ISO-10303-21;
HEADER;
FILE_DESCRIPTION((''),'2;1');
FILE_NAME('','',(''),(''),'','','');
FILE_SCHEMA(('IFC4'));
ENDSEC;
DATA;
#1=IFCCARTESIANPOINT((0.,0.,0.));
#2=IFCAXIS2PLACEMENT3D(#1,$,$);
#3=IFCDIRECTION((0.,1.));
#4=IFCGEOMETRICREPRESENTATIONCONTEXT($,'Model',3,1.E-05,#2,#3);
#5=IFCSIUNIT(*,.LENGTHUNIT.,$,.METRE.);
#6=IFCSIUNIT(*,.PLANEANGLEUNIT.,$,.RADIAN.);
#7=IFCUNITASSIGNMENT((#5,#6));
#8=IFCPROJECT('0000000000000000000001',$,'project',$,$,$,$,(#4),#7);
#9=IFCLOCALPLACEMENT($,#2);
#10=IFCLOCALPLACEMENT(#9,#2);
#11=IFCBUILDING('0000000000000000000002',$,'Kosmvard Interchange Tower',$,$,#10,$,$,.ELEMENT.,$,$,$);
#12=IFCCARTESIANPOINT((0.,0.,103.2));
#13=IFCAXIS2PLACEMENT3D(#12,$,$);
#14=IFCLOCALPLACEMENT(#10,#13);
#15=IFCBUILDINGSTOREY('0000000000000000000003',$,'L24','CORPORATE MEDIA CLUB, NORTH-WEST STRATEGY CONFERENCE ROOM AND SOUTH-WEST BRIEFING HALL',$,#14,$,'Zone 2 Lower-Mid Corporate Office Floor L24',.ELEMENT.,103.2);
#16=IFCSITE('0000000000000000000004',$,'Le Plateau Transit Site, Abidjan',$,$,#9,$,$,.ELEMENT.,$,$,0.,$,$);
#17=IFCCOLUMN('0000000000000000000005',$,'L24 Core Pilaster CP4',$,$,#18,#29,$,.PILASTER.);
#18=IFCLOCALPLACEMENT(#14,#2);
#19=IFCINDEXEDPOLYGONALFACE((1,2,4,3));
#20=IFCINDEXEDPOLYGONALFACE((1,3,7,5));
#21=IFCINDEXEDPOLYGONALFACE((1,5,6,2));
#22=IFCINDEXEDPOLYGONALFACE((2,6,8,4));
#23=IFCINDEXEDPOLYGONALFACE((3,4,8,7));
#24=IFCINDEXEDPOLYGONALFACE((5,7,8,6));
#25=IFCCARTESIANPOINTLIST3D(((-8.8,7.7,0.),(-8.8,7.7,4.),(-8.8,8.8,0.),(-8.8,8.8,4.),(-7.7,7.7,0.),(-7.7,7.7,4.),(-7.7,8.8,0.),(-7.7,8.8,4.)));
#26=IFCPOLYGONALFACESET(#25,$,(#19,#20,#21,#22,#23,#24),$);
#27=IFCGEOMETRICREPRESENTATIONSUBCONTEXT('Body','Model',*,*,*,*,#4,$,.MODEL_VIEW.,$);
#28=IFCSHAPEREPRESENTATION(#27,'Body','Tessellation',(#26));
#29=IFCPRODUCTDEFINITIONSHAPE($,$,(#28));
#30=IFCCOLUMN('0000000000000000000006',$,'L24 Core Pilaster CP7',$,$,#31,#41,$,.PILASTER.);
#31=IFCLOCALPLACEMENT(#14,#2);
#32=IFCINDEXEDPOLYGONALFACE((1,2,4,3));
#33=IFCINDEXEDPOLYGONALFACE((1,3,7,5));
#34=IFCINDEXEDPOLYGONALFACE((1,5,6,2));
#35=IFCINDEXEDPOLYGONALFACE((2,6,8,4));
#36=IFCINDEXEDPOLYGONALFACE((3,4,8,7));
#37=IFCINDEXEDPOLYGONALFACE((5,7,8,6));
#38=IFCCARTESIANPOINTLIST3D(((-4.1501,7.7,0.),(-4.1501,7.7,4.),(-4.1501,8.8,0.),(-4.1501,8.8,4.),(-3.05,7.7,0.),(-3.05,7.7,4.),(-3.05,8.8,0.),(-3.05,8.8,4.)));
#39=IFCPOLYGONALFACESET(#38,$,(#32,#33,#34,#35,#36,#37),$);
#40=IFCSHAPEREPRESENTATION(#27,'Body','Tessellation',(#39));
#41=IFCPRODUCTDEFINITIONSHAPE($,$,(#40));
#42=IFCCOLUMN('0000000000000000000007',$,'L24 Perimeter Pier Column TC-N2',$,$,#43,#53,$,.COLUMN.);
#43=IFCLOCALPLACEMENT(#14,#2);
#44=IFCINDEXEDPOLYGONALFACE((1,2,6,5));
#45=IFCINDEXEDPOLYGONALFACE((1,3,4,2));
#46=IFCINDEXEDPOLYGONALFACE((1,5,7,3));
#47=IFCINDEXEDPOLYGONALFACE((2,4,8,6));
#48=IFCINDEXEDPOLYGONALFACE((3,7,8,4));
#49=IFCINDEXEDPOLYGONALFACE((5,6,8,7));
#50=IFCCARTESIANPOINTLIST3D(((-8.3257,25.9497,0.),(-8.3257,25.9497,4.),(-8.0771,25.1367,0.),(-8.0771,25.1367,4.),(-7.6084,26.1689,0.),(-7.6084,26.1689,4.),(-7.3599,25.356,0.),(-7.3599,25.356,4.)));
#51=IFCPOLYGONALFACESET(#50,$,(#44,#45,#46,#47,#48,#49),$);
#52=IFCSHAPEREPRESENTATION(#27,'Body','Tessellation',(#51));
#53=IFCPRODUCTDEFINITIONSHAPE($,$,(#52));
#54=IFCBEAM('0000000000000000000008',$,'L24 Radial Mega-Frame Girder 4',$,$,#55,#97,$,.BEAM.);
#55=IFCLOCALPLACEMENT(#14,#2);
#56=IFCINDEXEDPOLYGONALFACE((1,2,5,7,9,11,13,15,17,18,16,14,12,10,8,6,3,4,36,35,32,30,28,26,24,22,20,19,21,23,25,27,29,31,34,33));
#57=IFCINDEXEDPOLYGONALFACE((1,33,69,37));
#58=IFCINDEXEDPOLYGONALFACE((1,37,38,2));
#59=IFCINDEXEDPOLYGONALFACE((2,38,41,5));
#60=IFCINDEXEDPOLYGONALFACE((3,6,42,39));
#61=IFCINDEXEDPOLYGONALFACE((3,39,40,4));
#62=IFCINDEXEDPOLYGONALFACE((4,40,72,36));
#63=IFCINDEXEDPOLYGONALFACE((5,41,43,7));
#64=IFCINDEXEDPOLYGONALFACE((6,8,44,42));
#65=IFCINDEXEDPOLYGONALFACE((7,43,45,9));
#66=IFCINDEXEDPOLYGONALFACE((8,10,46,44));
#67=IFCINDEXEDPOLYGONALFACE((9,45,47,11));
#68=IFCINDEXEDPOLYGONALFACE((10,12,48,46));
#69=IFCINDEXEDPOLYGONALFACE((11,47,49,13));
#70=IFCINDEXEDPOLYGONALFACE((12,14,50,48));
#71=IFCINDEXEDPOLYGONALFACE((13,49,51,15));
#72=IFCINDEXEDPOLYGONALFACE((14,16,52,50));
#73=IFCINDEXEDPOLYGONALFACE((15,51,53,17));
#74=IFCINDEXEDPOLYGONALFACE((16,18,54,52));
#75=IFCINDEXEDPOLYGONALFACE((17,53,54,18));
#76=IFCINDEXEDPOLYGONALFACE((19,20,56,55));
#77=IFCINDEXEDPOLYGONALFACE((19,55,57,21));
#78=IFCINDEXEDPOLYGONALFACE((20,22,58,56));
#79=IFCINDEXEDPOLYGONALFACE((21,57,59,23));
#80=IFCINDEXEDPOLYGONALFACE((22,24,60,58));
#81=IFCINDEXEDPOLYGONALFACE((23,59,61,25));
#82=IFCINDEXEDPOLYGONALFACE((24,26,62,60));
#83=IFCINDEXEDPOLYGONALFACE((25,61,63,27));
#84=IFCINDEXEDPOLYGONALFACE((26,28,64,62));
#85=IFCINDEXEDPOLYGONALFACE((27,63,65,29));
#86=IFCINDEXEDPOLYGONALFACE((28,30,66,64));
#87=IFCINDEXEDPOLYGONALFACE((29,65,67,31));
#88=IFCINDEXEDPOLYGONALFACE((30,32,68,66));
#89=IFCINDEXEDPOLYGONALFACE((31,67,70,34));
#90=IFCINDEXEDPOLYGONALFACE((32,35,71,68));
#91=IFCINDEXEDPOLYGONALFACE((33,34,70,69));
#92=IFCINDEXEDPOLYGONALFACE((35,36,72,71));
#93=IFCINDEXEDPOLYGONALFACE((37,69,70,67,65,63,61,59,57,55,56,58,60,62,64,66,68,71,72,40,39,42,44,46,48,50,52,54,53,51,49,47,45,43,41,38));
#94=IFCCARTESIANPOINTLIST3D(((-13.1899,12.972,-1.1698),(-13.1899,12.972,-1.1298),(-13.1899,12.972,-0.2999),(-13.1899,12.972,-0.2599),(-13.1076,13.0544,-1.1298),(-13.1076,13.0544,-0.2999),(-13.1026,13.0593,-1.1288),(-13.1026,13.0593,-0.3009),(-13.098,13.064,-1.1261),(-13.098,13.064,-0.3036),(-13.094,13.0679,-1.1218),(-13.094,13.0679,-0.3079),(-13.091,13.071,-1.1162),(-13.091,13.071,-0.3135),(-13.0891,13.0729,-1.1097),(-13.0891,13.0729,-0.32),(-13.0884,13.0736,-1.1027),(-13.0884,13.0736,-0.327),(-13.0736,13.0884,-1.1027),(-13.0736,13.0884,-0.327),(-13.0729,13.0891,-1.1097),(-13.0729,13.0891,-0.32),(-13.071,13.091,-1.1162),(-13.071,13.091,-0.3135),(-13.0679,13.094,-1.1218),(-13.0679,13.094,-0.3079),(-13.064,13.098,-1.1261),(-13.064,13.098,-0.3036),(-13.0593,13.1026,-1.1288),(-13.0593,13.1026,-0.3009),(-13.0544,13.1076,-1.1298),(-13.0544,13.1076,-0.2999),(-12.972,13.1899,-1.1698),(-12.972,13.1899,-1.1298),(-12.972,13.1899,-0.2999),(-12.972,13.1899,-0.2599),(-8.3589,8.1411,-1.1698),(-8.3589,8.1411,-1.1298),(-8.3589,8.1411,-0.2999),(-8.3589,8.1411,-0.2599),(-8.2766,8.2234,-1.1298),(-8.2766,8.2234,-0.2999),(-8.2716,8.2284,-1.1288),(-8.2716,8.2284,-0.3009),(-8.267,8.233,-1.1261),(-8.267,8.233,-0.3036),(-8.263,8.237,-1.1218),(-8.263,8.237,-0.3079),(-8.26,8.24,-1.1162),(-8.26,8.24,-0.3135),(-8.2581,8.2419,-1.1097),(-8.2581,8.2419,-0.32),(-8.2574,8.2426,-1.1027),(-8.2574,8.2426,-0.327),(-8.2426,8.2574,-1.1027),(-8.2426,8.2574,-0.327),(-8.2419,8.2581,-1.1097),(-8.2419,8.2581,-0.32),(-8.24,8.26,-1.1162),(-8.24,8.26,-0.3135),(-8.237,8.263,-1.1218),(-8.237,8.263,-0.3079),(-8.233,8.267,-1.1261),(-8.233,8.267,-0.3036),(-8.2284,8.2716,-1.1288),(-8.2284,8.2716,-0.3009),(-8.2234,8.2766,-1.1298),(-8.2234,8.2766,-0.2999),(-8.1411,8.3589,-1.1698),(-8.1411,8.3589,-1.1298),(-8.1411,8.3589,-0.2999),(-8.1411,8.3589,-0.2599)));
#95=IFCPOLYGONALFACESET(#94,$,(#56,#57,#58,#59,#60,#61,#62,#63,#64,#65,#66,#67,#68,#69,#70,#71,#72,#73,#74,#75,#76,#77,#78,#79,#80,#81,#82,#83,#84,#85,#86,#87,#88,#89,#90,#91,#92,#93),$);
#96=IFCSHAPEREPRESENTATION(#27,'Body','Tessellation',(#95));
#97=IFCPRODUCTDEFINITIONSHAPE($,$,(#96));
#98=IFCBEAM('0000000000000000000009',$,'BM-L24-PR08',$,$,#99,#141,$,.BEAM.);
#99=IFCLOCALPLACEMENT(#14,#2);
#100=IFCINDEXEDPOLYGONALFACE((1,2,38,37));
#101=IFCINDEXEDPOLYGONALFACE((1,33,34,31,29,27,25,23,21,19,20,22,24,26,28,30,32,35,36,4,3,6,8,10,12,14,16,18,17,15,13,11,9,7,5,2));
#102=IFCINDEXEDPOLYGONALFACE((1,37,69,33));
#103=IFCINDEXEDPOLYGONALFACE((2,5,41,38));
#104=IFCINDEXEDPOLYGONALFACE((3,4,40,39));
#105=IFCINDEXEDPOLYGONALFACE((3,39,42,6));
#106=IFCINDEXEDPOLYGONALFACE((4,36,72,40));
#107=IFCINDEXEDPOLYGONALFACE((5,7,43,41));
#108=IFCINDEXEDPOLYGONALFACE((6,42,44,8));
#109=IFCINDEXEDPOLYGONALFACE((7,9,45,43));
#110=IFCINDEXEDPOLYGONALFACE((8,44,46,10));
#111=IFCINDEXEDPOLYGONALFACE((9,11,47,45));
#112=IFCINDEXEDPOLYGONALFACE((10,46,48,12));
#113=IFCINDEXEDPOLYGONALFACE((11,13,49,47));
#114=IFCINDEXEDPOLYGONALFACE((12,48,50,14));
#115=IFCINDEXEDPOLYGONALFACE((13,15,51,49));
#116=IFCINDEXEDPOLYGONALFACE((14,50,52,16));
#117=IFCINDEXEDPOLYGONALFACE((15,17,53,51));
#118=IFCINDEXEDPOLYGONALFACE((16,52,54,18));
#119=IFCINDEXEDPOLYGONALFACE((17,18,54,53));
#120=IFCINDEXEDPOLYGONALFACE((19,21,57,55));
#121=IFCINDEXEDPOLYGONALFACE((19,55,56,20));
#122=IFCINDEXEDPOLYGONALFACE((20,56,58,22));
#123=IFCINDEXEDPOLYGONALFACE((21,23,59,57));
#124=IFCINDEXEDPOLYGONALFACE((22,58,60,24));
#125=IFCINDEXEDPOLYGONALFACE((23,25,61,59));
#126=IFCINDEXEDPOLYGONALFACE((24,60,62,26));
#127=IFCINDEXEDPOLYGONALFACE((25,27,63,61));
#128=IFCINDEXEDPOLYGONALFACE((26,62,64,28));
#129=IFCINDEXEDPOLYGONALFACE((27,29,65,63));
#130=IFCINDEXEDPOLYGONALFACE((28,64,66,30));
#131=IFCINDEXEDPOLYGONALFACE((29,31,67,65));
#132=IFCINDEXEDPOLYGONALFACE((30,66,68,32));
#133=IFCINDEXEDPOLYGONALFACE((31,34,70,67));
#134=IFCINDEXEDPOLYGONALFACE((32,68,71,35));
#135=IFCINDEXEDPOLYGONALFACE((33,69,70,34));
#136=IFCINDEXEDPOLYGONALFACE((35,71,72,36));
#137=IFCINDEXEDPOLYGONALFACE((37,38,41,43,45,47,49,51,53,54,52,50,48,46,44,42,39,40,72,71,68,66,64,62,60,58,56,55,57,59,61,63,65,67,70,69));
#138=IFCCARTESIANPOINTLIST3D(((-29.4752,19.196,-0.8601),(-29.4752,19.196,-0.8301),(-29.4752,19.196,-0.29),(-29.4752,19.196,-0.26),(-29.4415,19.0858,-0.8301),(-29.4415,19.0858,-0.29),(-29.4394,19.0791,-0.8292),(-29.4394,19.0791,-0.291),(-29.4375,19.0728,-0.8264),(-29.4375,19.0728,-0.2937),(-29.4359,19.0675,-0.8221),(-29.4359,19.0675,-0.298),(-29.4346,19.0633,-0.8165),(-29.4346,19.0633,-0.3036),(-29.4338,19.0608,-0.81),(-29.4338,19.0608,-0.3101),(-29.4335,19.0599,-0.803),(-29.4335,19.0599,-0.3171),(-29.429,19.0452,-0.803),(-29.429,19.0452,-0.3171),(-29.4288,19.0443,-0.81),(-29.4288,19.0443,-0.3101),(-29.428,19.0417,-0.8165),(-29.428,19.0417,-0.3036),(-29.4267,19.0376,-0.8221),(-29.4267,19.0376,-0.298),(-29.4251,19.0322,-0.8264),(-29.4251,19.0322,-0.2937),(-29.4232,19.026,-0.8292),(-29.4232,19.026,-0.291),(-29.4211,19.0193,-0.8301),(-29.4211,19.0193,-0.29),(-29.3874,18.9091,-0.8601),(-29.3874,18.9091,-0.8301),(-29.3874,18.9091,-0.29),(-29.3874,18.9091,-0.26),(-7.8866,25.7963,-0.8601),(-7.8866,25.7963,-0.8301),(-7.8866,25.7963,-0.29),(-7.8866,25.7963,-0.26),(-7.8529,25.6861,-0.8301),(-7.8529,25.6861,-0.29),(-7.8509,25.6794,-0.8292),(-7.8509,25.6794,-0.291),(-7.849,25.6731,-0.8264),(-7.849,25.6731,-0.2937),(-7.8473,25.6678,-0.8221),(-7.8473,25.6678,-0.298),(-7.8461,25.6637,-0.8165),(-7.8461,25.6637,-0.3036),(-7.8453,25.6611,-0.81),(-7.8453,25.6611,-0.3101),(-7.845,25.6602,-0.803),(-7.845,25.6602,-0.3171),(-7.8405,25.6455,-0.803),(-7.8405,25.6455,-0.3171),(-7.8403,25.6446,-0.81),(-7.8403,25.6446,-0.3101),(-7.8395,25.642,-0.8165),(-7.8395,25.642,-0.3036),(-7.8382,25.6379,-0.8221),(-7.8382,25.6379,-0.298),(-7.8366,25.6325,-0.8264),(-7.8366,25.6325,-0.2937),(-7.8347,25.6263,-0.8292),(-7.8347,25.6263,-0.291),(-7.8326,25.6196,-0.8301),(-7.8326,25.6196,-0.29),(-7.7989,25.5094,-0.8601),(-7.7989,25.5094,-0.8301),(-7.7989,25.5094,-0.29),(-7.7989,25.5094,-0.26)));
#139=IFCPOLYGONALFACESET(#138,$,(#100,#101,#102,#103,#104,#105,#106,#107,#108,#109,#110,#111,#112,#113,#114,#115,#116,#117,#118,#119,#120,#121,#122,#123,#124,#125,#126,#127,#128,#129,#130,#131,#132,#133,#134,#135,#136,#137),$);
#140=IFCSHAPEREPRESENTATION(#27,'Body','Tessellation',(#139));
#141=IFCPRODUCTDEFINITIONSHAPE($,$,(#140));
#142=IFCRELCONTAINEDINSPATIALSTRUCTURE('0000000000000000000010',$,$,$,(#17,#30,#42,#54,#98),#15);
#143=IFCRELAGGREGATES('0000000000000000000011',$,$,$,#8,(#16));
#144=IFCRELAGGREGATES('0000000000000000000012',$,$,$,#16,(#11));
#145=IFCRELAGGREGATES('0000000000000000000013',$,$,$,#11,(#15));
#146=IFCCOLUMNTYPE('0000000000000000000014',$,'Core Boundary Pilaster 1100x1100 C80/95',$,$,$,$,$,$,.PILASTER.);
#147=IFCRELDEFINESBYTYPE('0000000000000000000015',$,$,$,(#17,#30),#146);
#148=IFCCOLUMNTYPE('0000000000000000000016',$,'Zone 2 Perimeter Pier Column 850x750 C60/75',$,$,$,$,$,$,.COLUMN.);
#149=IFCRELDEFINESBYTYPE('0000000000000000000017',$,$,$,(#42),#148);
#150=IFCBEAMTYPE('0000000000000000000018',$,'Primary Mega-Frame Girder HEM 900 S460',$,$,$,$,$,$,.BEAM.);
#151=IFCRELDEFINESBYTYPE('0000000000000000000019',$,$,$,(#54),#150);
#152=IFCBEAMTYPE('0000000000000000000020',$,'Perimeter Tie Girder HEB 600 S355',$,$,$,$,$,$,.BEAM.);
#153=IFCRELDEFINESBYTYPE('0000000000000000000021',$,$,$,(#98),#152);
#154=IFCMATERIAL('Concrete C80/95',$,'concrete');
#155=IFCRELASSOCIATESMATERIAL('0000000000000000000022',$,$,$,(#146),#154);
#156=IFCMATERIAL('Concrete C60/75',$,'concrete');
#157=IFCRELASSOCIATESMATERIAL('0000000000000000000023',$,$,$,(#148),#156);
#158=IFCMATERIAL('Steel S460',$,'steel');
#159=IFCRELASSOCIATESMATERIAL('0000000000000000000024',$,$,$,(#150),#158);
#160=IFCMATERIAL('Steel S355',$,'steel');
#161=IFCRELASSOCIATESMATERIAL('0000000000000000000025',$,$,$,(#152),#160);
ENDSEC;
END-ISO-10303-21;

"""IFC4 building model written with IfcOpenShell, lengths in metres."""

from ifc_helpers import new_model, si_unit, direction, frame, origin, origin_2d, place, context, subcontext, project, spatial, rectangle, i_section, extrude, source, transform, mapped, material, material_profile, profile_set, type_object, element, save


model = new_model("IFC4")

# Units and contexts
model_context = context("Model", 3, precision=1e-05, world=origin(), true_north=direction((0.0, 1.0)))
body_context = subcontext(model_context, "Body", "Model", "MODEL_VIEW")
ifc_project = project(units=[si_unit("LENGTHUNIT", "METRE"), si_unit("PLANEANGLEUNIT", "RADIAN")], contexts=[model_context])

# Site, building, storey
site_placement = place(None, origin())
site = spatial("IfcSite", under=ifc_project, at=site_placement, Name="Le Plateau Transit Site, Abidjan", CompositionType="ELEMENT", RefElevation=0.0)
building_placement = place(site_placement, origin())
building = spatial("IfcBuilding", under=site, at=building_placement, Name="Kosmvard Interchange Tower", CompositionType="ELEMENT")
storey_placement = place(building_placement, frame((0.0, 0.0, 103.2)))
storey = spatial("IfcBuildingStorey", under=building, at=storey_placement, Name="L24", Description="CORPORATE MEDIA CLUB, NORTH-WEST STRATEGY CONFERENCE ROOM AND SOUTH-WEST BRIEFING HALL", LongName="Zone 2 Lower-Mid Corporate Office Floor L24", CompositionType="ELEMENT", Elevation=103.2)

# Columns
ifc_material_1 = material(Name="Concrete C80/95", Category="concrete")
ifc_material_profile_1 = material_profile(ifc_material_1, rectangle(XDim=1.1001, YDim=1.1001, at=origin_2d()), Name="CP 1100x1100")
ifc_profile_set_1 = profile_set([ifc_material_profile_1], Name="Concrete C80/95")
column_type_1 = type_object("IfcColumnType", Name="Core Boundary Pilaster 1100x1100 C80/95", PredefinedType="PILASTER", material=ifc_profile_set_1)
shared_shape_1 = source(origin(), body_context, "Body", "SweptSolid", [
    extrude(rectangle(XDim=1.1001, YDim=1.1001, at=origin_2d()), origin(), (0.0, 0.0, 1.0), 4.0),
])
for number, where, z_axis, x_axis, name in (
    (1, (-8.25, 8.25, 0.0), (0.0, 0.0, 1.0), (1.0, 0.0, 0.0), "L24 Core Pilaster CP4"),
    (2, (-3.6001, 8.25, 0.0), (0.0, 0.0, 1.0), (1.0, 0.0, 0.0), "L24 Core Pilaster CP7"),
):
    element("IfcColumn", number, at=place(storey_placement, frame(where, z_axis=z_axis, x_axis=x_axis)), inside=storey, type_object=column_type_1, Name=name, PredefinedType="PILASTER", context=body_context, shape_type="MappedRepresentation", body=[
        mapped(shared_shape_1, transform((0.0, 0.0, 0.0), scale=1.0)),
    ])
ifc_material_2 = material(Name="Concrete C60/75", Category="concrete")
ifc_material_profile_2 = material_profile(ifc_material_2, rectangle(XDim=0.75, YDim=0.8501, at=origin_2d()), Name="TC 850x750")
ifc_profile_set_2 = profile_set([ifc_material_profile_2], Name="Concrete C60/75")
column_type_2 = type_object("IfcColumnType", Name="Zone 2 Perimeter Pier Column 850x750 C60/75", PredefinedType="COLUMN", material=ifc_profile_set_2)
shared_shape_2 = source(origin(), body_context, "Body", "SweptSolid", [
    extrude(rectangle(XDim=0.75, YDim=0.8501, at=origin_2d()), origin(), (0.0, 0.0, 1.0), 4.0),
])
column_placement = place(storey_placement, frame((-7.8428, 25.6528, 0.0), z_axis=(0.0, 0.0, 1.0), x_axis=(0.956305, 0.292372, 0.0)))
element("IfcColumn", 3, at=column_placement, inside=storey, type_object=column_type_2, Name="L24 Perimeter Pier Column TC-N2", PredefinedType="COLUMN", context=body_context, shape_type="MappedRepresentation", body=[
    mapped(shared_shape_2, transform((0.0, 0.0, 0.0), scale=1.0)),
])

# Beams
ifc_material_3 = material(Name="Steel S460", Category="steel")
ifc_material_profile_3 = material_profile(ifc_material_3, i_section(OverallWidth=0.3081, OverallDepth=0.9099, WebThickness=0.021, FlangeThickness=0.04, FilletRadius=0.0271, at=origin_2d()), Name="HEM 900")
ifc_profile_set_3 = profile_set([ifc_material_profile_3], Name="Steel S460")
beam_type_1 = type_object("IfcBeamType", Name="Primary Mega-Frame Girder HEM 900 S460", PredefinedType="BEAM", material=ifc_profile_set_3)
shared_shape_3 = source(origin(), body_context, "Body", "SweptSolid", [
    extrude(i_section(OverallWidth=0.3081, OverallDepth=0.9099, WebThickness=0.021, FlangeThickness=0.04, FilletRadius=0.0271, at=origin_2d()), origin(), (0.0, 0.0, 1.0), 6.832),
])
beam_1_placement = place(storey_placement, frame((-8.25, 8.25, -0.7148), z_axis=(-0.707107, 0.707107, 0.0), x_axis=(-0.707107, -0.707107, 0.0)))
element("IfcBeam", 4, at=beam_1_placement, inside=storey, type_object=beam_type_1, Name="L24 Radial Mega-Frame Girder 4", PredefinedType="BEAM", context=body_context, shape_type="MappedRepresentation", body=[
    mapped(shared_shape_3, transform((0.0, 0.0, 0.0), scale=1.0)),
])
ifc_material_4 = material(Name="Steel S355", Category="steel")
ifc_material_profile_4 = material_profile(ifc_material_4, i_section(OverallWidth=0.3, OverallDepth=0.6001, WebThickness=0.0154, FlangeThickness=0.03, FilletRadius=0.0271, at=origin_2d()), Name="HEB 600")
ifc_profile_set_4 = profile_set([ifc_material_profile_4], Name="Steel S355")
beam_type_2 = type_object("IfcBeamType", Name="Perimeter Tie Girder HEB 600 S355", PredefinedType="BEAM", material=ifc_profile_set_4)
shared_shape_4 = source(origin(), body_context, "Body", "SweptSolid", [
    extrude(i_section(OverallWidth=0.3, OverallDepth=0.6001, WebThickness=0.0154, FlangeThickness=0.03, FilletRadius=0.0271, at=origin_2d()), origin(), (0.0, 0.0, 1.0), 22.575),
])
beam_2_placement = place(storey_placement, frame((-7.8428, 25.6528, -0.5601), z_axis=(-0.956304, -0.292373, 0.0), x_axis=(0.292373, -0.956304, 0.0)))
element("IfcBeam", 5, at=beam_2_placement, inside=storey, type_object=beam_type_2, Name="BM-L24-PR08", PredefinedType="BEAM", context=body_context, shape_type="MappedRepresentation", body=[
    mapped(shared_shape_4, transform((0.0, 0.0, 0.0), scale=1.0)),
])

save(model, "model.ifc")
